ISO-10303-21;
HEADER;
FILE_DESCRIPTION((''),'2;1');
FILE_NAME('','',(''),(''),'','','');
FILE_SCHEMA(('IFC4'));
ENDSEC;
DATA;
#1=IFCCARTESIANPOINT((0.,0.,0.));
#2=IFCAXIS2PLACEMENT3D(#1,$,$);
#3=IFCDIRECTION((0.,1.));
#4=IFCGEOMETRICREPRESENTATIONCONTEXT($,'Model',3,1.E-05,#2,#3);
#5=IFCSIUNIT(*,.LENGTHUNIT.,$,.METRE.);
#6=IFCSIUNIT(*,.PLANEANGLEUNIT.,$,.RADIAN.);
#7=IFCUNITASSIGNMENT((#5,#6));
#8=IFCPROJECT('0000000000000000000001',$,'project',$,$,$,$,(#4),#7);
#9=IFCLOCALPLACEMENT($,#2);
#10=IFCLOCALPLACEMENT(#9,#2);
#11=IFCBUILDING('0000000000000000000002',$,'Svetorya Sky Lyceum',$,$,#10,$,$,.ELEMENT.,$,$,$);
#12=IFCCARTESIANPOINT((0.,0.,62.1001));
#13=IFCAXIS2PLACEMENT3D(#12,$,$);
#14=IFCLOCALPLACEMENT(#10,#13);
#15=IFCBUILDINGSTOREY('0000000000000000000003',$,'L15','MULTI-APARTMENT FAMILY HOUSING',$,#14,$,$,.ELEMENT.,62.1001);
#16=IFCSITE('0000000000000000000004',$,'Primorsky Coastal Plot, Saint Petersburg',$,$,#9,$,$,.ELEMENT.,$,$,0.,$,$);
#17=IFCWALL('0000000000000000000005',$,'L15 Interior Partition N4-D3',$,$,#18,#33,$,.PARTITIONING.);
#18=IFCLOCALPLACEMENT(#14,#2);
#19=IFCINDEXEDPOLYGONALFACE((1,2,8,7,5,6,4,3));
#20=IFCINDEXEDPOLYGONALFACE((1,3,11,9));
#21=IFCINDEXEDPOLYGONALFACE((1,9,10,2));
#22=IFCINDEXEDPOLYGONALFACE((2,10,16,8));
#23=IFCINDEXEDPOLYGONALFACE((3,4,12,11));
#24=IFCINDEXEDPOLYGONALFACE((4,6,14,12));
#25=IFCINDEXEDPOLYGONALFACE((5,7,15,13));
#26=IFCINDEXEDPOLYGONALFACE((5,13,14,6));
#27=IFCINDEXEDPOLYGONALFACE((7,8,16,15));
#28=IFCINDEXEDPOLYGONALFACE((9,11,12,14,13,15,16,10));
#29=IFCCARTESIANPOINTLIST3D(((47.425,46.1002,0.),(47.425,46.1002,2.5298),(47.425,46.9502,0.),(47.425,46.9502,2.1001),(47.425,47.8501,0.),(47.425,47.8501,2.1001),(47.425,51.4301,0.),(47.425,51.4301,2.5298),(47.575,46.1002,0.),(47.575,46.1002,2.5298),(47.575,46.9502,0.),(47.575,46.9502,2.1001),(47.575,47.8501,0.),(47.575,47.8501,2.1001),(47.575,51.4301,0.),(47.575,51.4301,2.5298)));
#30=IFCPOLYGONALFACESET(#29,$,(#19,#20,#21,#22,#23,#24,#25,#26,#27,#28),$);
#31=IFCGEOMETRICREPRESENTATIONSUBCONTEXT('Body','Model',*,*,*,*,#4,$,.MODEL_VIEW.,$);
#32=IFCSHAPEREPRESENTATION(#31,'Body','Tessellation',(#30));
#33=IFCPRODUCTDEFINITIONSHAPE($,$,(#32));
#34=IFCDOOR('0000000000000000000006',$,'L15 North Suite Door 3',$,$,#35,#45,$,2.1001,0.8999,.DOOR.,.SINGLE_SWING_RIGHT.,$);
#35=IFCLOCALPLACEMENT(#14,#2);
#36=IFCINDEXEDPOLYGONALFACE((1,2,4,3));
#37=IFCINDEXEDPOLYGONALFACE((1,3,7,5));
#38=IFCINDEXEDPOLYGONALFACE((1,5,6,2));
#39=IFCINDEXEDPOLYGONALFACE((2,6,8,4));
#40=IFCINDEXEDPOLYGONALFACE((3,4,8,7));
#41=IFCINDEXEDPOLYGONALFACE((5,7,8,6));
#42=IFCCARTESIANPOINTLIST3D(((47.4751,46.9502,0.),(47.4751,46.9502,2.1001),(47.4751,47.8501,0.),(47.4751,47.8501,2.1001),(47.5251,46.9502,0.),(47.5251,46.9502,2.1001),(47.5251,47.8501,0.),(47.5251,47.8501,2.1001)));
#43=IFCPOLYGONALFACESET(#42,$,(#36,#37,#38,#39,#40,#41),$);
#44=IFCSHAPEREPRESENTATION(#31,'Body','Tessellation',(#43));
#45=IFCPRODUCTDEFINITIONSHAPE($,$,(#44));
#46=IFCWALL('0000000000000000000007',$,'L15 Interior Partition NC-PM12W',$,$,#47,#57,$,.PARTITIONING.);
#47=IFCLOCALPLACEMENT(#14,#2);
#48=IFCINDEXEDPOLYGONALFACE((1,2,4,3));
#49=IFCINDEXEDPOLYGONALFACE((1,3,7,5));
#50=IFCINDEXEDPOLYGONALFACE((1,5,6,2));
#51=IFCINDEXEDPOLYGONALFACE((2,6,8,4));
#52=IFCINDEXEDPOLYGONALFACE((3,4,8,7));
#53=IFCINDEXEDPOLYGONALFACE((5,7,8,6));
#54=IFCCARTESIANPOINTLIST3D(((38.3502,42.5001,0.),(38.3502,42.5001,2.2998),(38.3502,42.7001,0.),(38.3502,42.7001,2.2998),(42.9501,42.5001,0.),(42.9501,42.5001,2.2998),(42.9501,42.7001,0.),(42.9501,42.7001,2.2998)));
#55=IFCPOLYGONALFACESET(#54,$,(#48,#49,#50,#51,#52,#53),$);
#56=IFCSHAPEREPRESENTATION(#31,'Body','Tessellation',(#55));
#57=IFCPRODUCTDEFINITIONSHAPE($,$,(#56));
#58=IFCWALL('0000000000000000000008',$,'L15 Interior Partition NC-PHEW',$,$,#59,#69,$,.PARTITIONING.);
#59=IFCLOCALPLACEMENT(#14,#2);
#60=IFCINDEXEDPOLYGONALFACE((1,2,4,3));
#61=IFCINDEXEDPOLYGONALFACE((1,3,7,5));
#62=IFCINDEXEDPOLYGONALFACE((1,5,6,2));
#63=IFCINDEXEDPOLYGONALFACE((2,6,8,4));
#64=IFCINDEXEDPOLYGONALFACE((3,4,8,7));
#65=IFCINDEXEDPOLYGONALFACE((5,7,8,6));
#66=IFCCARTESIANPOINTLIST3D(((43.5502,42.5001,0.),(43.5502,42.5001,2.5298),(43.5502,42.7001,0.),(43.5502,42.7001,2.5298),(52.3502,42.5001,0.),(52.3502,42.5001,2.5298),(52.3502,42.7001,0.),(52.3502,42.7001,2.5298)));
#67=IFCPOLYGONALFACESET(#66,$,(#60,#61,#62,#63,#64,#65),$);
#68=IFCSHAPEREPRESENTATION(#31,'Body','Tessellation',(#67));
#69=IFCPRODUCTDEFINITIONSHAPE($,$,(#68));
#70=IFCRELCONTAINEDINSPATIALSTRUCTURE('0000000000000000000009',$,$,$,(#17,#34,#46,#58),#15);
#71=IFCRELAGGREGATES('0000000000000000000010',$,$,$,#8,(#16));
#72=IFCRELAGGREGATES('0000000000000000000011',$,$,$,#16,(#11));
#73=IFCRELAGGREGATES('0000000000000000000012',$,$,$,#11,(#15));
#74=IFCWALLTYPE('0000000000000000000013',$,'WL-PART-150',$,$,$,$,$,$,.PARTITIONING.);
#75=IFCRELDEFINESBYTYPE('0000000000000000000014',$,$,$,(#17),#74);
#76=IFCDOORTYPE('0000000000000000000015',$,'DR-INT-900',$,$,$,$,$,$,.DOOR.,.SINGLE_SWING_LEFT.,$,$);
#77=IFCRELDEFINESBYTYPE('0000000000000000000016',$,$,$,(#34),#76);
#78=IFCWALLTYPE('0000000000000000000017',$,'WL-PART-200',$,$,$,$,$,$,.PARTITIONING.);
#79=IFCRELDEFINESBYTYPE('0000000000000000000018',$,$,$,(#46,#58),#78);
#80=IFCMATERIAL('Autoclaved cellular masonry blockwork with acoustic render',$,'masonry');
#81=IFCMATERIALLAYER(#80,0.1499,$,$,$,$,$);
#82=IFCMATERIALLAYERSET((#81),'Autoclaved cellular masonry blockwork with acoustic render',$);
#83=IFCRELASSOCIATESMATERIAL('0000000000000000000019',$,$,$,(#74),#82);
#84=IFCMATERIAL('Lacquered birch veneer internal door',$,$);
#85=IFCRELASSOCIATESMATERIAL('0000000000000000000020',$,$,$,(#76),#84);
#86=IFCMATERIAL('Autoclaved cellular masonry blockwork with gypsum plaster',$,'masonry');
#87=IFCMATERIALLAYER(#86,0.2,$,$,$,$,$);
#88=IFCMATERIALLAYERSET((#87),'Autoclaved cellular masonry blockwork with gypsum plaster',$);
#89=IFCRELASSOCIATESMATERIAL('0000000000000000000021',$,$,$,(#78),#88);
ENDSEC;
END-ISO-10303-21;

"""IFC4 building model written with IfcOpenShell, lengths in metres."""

from ifc_helpers import new_model, si_unit, direction, frame, frame_2d, origin, place, context, subcontext, project, spatial, rectangle, extrude, material, layer, layer_set, type_object, element, fill, save


model = new_model("IFC4")

# Units and contexts
model_context = context("Model", 3, precision=1e-05, world=origin(), true_north=direction((0.0, 1.0)))
body_context = subcontext(model_context, "Body", "Model", "MODEL_VIEW")
ifc_project = project(units=[si_unit("LENGTHUNIT", "METRE"), si_unit("PLANEANGLEUNIT", "RADIAN")], contexts=[model_context])

# Site, building, storey
site_placement = place(None, origin())
site = spatial("IfcSite", under=ifc_project, at=site_placement, Name="Primorsky Coastal Plot, Saint Petersburg", CompositionType="ELEMENT", RefElevation=0.0)
building_placement = place(site_placement, origin())
building = spatial("IfcBuilding", under=site, at=building_placement, Name="Svetorya Sky Lyceum", CompositionType="ELEMENT")
storey_placement = place(building_placement, frame((0.0, 0.0, 62.1001)))
storey = spatial("IfcBuildingStorey", under=building, at=storey_placement, Name="L15", Description="MULTI-APARTMENT FAMILY HOUSING", CompositionType="ELEMENT", Elevation=62.1001)

# Shared definitions
ifc_material_1 = material(Name="Autoclaved cellular masonry blockwork with acoustic render", Category="masonry")
ifc_layer_1 = layer(ifc_material_1, 0.1499)
ifc_layer_set_1 = layer_set([ifc_layer_1], Name="Autoclaved cellular masonry blockwork with acoustic render")
wall_type_1 = type_object("IfcWallType", Name="WL-PART-150", PredefinedType="PARTITIONING", material=ifc_layer_set_1)

# Wall, opening, door
wall_1_placement = place(storey_placement, frame((47.5, 46.1001, 0.0), z_axis=(0.0, 0.0, 1.0), x_axis=(0.0, 1.0, 0.0)))
wall_1 = element("IfcWall", 1, at=wall_1_placement, inside=storey, type_object=wall_type_1, Name="L15 Interior Partition N4-D3", PredefinedType="PARTITIONING", context=body_context, shape_type="SweptSolid", body=[
    extrude(rectangle(XDim=5.3298, YDim=0.1499, at=frame_2d((2.665, 0.0))), origin(), (0.0, 0.0, 1.0), 2.5298),
])
opening_1_placement = place(wall_1_placement, frame((0.8501, 0.0, 0.0)))
opening_1 = element("IfcOpeningElement", 2, at=opening_1_placement, cuts=wall_1, PredefinedType="OPENING", context=body_context, shape_type="SweptSolid", body=[
    extrude(rectangle(XDim=0.8999, YDim=2.1001, at=frame_2d((0.45, 1.05))), frame((0.0, 0.085, 0.0), z_axis=(0.0, -1.0, 0.0), x_axis=(1.0, 0.0, 0.0)), (0.0, 0.0, 1.0), 0.1699),
])
ifc_material_2 = material(Name="Lacquered birch veneer internal door")
door_type = type_object("IfcDoorType", Name="DR-INT-900", OperationType="SINGLE_SWING_LEFT", PredefinedType="DOOR", material=ifc_material_2)
door_placement = place(opening_1_placement, origin())
door = element("IfcDoor", 3, at=door_placement, inside=storey, type_object=door_type, Name="L15 North Suite Door 3", OperationType="SINGLE_SWING_RIGHT", OverallHeight=2.1001, OverallWidth=0.8999, PredefinedType="DOOR", context=body_context, shape_type="SweptSolid", body=[
    extrude(rectangle(XDim=0.8999, YDim=2.1001, at=frame_2d((0.45, 1.05))), frame((0.0, 0.0249, 0.0), z_axis=(0.0, -1.0, 0.0), x_axis=(1.0, 0.0, 0.0)), (0.0, 0.0, 1.0), 0.05),
])
fill(opening_1, door)

# Walls
ifc_material_3 = material(Name="Autoclaved cellular masonry blockwork with gypsum plaster", Category="masonry")
ifc_layer_2 = layer(ifc_material_3, 0.2)
ifc_layer_set_2 = layer_set([ifc_layer_2], Name="Autoclaved cellular masonry blockwork with gypsum plaster")
wall_type_2 = type_object("IfcWallType", Name="WL-PART-200", PredefinedType="PARTITIONING", material=ifc_layer_set_2)
wall_2_placement = place(storey_placement, frame((42.95, 42.6001, 0.0), z_axis=(0.0, 0.0, 1.0), x_axis=(-1.0, 0.0, 0.0)))
element("IfcWall", 4, at=wall_2_placement, inside=storey, type_object=wall_type_2, Name="L15 Interior Partition NC-PM12W", PredefinedType="PARTITIONING", context=body_context, shape_type="SweptSolid", body=[
    extrude(rectangle(XDim=4.5999, YDim=0.2, at=frame_2d((2.2998, 0.0))), origin(), (0.0, 0.0, 1.0), 2.2998),
])
wall_3_placement = place(storey_placement, frame((52.3501, 42.6001, 0.0), z_axis=(0.0, 0.0, 1.0), x_axis=(-1.0, 0.0, 0.0)))
element("IfcWall", 5, at=wall_3_placement, inside=storey, type_object=wall_type_2, Name="L15 Interior Partition NC-PHEW", PredefinedType="PARTITIONING", context=body_context, shape_type="SweptSolid", body=[
    extrude(rectangle(XDim=8.8, YDim=0.2, at=frame_2d((4.3999, 0.0))), origin(), (0.0, 0.0, 1.0), 2.5298),
])

save(model, "model.ifc")
